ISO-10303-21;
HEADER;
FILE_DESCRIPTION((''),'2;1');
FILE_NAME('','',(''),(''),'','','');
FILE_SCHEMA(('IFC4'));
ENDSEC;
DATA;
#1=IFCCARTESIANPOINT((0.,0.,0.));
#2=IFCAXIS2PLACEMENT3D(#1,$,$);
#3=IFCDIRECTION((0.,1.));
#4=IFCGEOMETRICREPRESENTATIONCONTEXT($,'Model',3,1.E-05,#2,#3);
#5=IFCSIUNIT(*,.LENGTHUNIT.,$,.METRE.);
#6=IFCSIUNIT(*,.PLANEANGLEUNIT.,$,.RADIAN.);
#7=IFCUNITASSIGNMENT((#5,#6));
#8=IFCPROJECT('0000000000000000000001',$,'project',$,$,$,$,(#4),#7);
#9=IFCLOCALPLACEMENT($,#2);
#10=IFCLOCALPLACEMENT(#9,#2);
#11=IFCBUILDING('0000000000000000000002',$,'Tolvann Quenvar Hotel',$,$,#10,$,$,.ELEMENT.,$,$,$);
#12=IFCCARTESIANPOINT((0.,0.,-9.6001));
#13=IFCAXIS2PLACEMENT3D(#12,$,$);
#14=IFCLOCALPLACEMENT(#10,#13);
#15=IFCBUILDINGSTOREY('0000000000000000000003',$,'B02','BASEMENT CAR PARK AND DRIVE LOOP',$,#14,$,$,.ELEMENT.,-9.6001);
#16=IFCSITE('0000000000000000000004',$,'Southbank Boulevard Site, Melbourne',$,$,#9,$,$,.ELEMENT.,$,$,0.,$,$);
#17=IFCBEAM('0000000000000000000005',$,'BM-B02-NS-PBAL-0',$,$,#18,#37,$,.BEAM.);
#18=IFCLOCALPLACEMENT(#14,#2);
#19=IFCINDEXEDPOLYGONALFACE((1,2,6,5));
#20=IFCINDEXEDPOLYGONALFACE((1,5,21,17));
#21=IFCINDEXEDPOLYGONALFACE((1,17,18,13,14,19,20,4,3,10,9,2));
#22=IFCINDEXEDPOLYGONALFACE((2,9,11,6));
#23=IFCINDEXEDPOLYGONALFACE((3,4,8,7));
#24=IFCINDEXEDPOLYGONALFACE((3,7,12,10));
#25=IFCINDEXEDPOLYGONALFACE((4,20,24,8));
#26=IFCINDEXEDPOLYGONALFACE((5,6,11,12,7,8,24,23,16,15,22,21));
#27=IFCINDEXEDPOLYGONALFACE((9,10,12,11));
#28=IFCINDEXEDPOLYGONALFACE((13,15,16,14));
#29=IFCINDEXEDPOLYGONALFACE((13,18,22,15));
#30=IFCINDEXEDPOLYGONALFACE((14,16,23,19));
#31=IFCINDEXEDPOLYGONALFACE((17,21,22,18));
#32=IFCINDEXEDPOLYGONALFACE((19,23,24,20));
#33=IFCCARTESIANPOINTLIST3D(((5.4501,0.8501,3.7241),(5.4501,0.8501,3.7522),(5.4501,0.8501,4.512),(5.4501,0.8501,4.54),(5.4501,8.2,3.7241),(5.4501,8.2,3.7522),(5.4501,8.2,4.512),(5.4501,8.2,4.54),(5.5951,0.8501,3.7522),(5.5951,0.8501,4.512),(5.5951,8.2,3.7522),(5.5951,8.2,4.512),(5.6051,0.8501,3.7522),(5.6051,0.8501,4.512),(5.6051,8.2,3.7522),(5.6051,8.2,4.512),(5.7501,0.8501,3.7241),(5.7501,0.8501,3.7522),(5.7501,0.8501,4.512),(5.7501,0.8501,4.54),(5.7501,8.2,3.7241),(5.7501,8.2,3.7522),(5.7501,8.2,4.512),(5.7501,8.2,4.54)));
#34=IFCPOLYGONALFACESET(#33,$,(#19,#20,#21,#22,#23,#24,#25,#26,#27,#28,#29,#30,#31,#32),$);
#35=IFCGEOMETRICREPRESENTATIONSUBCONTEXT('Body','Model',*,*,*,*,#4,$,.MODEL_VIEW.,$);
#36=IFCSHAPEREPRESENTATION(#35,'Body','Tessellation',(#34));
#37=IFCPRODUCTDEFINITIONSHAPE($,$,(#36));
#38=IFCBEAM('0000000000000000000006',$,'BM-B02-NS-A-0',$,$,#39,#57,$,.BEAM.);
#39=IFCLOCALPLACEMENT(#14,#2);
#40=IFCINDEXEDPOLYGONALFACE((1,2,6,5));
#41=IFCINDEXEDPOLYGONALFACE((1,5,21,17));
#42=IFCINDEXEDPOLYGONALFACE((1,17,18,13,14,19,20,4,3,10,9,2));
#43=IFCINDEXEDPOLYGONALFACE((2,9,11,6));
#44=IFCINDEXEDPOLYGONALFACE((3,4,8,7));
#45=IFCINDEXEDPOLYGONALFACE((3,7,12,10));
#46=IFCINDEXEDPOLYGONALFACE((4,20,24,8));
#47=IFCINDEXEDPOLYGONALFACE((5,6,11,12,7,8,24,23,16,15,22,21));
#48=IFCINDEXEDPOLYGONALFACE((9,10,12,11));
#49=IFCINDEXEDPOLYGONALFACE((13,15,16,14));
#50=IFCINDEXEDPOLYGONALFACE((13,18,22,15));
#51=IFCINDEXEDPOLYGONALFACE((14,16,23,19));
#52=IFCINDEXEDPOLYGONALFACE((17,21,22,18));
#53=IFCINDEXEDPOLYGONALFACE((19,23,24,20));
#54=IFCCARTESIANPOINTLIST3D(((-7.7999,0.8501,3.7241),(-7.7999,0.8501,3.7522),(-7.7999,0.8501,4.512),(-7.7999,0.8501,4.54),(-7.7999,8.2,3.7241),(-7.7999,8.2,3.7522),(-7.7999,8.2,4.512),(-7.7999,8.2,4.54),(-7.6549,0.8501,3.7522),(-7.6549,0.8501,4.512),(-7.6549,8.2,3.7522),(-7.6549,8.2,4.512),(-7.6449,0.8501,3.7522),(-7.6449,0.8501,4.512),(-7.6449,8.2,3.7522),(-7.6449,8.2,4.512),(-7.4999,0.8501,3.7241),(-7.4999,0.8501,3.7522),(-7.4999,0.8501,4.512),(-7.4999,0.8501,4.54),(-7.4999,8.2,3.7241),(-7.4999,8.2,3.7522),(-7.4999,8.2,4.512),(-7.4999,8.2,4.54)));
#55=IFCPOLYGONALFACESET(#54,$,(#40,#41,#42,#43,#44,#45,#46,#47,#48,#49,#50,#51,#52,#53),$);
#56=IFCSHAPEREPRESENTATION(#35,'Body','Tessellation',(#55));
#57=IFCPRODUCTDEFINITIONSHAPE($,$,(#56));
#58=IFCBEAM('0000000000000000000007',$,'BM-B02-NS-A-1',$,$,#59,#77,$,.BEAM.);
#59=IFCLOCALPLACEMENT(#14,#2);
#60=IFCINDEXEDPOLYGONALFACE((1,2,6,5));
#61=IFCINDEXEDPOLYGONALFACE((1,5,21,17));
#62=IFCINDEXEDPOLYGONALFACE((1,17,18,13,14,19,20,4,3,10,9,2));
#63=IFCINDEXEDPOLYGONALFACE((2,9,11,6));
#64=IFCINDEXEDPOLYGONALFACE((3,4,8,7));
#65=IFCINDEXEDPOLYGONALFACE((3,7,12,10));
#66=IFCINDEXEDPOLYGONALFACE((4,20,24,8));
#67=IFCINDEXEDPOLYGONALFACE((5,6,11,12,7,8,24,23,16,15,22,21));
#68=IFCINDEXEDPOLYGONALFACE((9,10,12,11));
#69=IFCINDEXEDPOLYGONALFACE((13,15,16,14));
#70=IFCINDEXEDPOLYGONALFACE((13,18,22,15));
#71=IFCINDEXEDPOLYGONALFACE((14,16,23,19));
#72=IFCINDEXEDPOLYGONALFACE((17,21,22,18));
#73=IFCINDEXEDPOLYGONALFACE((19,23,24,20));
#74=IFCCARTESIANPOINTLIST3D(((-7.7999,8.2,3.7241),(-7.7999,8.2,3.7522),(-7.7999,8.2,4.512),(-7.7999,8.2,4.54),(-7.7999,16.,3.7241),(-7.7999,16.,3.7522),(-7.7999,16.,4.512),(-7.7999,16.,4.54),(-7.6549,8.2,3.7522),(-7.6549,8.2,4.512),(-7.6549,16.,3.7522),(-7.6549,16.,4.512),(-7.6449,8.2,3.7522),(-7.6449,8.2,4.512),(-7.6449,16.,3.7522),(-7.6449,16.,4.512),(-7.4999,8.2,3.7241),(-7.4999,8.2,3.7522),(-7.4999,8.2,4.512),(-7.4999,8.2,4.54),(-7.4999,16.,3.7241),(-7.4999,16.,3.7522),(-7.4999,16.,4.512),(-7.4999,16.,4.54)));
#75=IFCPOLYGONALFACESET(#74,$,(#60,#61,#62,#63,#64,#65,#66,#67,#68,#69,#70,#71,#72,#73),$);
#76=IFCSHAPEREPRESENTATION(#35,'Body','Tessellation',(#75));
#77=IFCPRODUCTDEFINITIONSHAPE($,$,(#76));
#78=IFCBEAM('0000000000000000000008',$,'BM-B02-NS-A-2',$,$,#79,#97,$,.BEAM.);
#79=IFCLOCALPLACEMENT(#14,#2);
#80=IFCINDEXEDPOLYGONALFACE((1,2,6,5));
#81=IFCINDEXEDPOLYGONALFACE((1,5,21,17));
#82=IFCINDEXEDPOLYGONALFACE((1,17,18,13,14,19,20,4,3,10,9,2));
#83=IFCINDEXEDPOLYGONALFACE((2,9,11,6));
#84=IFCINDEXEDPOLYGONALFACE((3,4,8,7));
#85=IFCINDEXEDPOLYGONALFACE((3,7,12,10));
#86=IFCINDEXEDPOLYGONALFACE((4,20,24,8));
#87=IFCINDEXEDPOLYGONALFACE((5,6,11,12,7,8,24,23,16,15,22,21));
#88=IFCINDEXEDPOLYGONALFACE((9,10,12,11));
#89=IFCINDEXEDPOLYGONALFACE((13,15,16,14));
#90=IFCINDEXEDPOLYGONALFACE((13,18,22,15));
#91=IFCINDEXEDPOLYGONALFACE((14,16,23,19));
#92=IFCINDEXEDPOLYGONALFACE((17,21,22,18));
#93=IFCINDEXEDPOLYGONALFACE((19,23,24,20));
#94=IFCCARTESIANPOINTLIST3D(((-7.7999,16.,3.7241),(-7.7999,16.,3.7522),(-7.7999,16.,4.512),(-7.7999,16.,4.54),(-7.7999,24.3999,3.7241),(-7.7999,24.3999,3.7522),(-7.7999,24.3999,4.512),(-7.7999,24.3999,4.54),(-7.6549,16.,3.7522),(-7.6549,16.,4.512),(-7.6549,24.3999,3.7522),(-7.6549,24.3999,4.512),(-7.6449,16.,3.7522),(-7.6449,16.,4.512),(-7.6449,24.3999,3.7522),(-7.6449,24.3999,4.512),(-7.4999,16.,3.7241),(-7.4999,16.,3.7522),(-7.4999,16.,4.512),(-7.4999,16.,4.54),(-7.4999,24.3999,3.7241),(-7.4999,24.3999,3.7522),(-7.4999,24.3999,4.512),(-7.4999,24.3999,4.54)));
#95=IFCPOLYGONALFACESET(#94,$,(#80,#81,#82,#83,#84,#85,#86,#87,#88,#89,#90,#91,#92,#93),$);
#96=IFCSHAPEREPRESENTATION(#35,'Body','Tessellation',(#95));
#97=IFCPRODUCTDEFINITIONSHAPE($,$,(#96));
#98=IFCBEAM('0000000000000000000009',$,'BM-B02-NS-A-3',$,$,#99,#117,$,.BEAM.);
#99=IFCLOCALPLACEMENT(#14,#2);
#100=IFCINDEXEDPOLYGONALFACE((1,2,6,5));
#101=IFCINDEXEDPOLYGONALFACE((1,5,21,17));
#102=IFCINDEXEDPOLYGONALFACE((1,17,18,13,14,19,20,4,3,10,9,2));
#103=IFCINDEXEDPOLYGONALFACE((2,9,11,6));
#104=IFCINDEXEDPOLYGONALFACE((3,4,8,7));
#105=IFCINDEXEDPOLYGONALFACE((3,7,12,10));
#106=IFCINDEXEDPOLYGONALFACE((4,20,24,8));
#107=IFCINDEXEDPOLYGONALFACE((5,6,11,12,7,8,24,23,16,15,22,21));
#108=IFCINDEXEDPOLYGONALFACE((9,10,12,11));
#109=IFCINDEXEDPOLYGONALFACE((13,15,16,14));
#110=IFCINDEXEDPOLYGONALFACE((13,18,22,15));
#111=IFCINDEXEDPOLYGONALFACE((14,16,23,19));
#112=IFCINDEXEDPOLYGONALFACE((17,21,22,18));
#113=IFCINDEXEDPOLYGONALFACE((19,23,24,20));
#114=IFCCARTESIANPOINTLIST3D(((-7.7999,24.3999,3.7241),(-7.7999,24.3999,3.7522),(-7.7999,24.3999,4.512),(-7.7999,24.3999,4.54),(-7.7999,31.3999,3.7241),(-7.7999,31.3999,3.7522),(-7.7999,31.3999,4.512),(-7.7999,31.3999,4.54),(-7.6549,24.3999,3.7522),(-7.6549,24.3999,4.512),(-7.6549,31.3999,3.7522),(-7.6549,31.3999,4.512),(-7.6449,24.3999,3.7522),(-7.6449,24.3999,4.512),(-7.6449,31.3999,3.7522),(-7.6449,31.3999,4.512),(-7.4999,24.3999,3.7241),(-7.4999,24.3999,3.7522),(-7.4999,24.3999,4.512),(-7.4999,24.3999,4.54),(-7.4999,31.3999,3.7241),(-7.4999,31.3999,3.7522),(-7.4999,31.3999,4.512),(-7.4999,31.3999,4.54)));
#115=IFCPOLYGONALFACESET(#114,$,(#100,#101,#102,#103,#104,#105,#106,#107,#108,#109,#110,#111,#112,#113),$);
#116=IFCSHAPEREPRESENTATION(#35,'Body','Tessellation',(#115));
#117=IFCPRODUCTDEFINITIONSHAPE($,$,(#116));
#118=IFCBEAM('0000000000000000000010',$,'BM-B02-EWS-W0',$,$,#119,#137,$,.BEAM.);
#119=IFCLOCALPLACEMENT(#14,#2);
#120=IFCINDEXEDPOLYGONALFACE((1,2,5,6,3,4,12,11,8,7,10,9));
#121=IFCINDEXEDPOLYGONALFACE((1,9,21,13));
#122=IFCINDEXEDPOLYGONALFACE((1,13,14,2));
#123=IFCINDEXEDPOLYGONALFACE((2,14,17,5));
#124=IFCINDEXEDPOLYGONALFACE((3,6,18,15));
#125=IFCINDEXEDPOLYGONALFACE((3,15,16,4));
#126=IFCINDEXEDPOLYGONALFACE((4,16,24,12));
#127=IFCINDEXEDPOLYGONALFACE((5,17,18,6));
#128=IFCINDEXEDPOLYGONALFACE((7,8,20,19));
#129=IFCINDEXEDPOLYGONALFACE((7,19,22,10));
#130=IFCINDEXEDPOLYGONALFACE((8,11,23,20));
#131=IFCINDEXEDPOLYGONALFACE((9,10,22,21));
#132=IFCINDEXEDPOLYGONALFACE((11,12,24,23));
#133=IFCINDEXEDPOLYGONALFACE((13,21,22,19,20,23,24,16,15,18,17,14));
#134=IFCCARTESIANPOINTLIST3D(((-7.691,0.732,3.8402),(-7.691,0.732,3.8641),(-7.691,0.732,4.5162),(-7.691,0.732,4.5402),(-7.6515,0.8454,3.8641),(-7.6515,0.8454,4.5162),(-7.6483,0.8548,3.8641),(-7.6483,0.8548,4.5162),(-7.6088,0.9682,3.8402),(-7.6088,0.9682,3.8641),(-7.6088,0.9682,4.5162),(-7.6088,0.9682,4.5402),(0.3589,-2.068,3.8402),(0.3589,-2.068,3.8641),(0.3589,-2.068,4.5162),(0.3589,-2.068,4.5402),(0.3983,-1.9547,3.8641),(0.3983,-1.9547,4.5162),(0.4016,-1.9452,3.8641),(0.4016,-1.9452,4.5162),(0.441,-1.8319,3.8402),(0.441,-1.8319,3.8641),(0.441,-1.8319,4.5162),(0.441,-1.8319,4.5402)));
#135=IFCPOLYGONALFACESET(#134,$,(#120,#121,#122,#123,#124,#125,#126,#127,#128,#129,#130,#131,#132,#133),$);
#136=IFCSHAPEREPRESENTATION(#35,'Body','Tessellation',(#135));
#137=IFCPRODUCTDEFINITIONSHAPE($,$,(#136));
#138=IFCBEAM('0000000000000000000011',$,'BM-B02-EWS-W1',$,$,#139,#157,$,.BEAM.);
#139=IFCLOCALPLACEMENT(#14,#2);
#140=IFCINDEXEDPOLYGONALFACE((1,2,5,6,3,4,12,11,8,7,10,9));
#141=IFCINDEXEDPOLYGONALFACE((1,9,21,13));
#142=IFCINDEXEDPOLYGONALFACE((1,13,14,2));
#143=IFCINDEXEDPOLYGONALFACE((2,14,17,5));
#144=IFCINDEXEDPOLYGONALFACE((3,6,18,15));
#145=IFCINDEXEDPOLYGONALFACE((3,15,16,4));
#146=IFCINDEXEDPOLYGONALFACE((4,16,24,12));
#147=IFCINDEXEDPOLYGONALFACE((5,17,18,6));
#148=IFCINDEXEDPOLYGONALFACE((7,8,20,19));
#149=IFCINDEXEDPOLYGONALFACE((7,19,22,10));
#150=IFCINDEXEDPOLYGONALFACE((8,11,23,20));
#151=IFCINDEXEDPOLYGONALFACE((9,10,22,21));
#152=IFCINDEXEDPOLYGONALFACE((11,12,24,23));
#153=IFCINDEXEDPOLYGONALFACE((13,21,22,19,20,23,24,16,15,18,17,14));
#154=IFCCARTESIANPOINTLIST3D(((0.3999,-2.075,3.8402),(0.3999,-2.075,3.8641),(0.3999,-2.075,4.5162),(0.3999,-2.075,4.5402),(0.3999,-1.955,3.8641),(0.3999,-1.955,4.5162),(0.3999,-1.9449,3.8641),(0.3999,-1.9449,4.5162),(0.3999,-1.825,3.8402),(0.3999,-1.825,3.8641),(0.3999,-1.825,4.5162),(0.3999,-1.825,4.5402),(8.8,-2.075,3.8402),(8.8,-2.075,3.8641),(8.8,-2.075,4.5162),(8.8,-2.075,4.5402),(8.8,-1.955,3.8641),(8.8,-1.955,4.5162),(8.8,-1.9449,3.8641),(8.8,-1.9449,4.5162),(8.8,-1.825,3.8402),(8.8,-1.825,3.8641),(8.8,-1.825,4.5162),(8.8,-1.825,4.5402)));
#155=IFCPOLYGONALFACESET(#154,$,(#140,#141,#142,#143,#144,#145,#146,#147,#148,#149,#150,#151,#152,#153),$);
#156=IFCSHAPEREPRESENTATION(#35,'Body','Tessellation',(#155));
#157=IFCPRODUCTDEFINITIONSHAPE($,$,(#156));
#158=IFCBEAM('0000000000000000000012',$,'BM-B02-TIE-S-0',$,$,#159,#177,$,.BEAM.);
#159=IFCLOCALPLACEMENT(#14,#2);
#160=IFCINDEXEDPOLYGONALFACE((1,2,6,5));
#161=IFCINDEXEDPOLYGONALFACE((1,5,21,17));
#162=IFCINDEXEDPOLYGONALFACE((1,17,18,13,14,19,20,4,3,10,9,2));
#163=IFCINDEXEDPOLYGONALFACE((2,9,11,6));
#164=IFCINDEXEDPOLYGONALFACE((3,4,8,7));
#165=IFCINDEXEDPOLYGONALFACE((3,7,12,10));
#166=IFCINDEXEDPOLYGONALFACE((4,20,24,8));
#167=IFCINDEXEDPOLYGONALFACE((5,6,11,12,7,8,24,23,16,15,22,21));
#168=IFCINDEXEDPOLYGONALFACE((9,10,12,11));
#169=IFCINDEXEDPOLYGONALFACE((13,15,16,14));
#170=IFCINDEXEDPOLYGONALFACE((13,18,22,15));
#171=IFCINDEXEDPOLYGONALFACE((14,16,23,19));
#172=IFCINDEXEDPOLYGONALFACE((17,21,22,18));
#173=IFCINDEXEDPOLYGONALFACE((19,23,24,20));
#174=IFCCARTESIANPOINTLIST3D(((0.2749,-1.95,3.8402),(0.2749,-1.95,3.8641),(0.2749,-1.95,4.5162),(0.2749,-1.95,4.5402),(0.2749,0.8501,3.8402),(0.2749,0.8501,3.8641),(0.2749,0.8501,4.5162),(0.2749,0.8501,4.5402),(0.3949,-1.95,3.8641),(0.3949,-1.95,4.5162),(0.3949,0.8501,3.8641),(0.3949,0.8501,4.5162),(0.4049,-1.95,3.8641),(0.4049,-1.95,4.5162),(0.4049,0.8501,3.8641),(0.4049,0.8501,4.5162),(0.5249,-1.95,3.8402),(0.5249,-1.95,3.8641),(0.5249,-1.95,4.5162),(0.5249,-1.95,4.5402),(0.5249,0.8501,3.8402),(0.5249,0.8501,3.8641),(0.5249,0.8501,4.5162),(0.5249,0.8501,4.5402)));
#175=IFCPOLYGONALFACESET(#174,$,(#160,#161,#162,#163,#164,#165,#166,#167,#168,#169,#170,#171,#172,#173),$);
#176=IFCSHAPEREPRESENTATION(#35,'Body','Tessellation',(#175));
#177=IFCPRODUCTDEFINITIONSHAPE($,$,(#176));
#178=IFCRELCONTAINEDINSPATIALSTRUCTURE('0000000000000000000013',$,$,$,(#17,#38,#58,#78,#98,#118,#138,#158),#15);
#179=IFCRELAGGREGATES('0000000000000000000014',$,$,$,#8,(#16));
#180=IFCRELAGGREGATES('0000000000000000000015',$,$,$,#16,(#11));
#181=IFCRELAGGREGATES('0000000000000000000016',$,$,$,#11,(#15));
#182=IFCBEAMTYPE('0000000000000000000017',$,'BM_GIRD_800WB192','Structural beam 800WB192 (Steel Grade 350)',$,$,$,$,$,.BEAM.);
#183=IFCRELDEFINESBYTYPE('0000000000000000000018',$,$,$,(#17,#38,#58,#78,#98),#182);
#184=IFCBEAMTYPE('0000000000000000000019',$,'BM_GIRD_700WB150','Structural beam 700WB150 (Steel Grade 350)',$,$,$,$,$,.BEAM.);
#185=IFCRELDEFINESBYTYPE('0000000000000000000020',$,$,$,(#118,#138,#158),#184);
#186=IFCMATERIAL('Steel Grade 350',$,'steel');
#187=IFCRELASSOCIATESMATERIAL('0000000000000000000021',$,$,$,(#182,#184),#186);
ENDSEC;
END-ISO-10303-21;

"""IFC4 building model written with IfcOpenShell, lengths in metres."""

from ifc_helpers import new_model, si_unit, direction, frame, origin, origin_2d, place, context, subcontext, project, spatial, i_section, extrude, source, transform, mapped, material, material_profile, profile_set, type_object, type_shapes, element, save


model = new_model("IFC4")

# Units and contexts
model_context = context("Model", 3, precision=1e-05, world=origin(), true_north=direction((0.0, 1.0)))
body_context = subcontext(model_context, "Body", "Model", "MODEL_VIEW")
ifc_project = project(units=[si_unit("LENGTHUNIT", "METRE"), si_unit("PLANEANGLEUNIT", "RADIAN")], contexts=[model_context])

# Site, building, storey
site_placement = place(None, origin())
site = spatial("IfcSite", under=ifc_project, at=site_placement, Name="Southbank Boulevard Site, Melbourne", CompositionType="ELEMENT", RefElevation=0.0)
building_placement = place(site_placement, origin())
building = spatial("IfcBuilding", under=site, at=building_placement, Name="Tolvann Quenvar Hotel", CompositionType="ELEMENT")
storey_placement = place(building_placement, frame((0.0, 0.0, -9.6001)))
storey = spatial("IfcBuildingStorey", under=building, at=storey_placement, Name="B02", Description="BASEMENT CAR PARK AND DRIVE LOOP", CompositionType="ELEMENT", Elevation=-9.6001)

# Beams
ifc_material_1 = material(Name="Steel Grade 350", Category="steel")
ifc_material_profile_1 = material_profile(ifc_material_1, i_section(OverallWidth=0.3, OverallDepth=0.8159, WebThickness=0.01, FlangeThickness=0.0281, at=origin_2d()), Name="800WB192")
ifc_profile_set_1 = profile_set([ifc_material_profile_1], Name="Steel Grade 350")
beam_type_1 = type_object("IfcBeamType", Name="BM_GIRD_800WB192", Description="Structural beam 800WB192 (Steel Grade 350)", PredefinedType="BEAM", material=ifc_profile_set_1)
shared_shape_1 = source(origin(), body_context, "Body", "SweptSolid", [
    extrude(i_section(OverallWidth=0.3, OverallDepth=0.8159, WebThickness=0.01, FlangeThickness=0.0281, at=origin_2d()), origin(), (0.0, 0.0, 1.0), 7.3499),
])
for number, where, z_axis, x_axis, name in (
    (1, (5.6001, 0.8501, 4.1321), (0.0, 1.0, 0.0), (-1.0, 0.0, 0.0), "BM-B02-NS-PBAL-0"),
    (2, (-7.6499, 0.8501, 4.1321), (0.0, 1.0, 0.0), (-1.0, 0.0, 0.0), "BM-B02-NS-A-0"),
):
    element("IfcBeam", number, at=place(storey_placement, frame(where, z_axis=z_axis, x_axis=x_axis)), inside=storey, type_object=beam_type_1, Name=name, PredefinedType="BEAM", context=body_context, shape_type="MappedRepresentation", body=[
        mapped(shared_shape_1, transform((0.0, 0.0, 0.0), x_axis=(1.0, 0.0, 0.0), y_axis=(0.0, 1.0, 0.0), z_axis=(0.0, 0.0, 1.0), scale=1.0)),
    ])
shared_shape_2 = source(origin(), body_context, "Body", "SweptSolid", [
    extrude(i_section(OverallWidth=0.3, OverallDepth=0.8159, WebThickness=0.01, FlangeThickness=0.0281, at=origin_2d()), origin(), (0.0, 0.0, 1.0), 7.8),
])
beam_1_placement = place(storey_placement, frame((-7.6499, 8.2, 4.1321), z_axis=(0.0, 1.0, 0.0), x_axis=(-1.0, 0.0, 0.0)))
element("IfcBeam", 3, at=beam_1_placement, inside=storey, type_object=beam_type_1, Name="BM-B02-NS-A-1", PredefinedType="BEAM", context=body_context, shape_type="MappedRepresentation", body=[
    mapped(shared_shape_2, transform((0.0, 0.0, 0.0), x_axis=(1.0, 0.0, 0.0), y_axis=(0.0, 1.0, 0.0), z_axis=(0.0, 0.0, 1.0), scale=1.0)),
])
shared_shape_3 = source(origin(), body_context, "Body", "SweptSolid", [
    extrude(i_section(OverallWidth=0.3, OverallDepth=0.8159, WebThickness=0.01, FlangeThickness=0.0281, at=origin_2d()), origin(), (0.0, 0.0, 1.0), 8.3999),
])
beam_2_placement = place(storey_placement, frame((-7.6499, 16.0, 4.1321), z_axis=(0.0, 1.0, 0.0), x_axis=(-1.0, 0.0, 0.0)))
element("IfcBeam", 4, at=beam_2_placement, inside=storey, type_object=beam_type_1, Name="BM-B02-NS-A-2", PredefinedType="BEAM", context=body_context, shape_type="MappedRepresentation", body=[
    mapped(shared_shape_3, transform((0.0, 0.0, 0.0), x_axis=(1.0, 0.0, 0.0), y_axis=(0.0, 1.0, 0.0), z_axis=(0.0, 0.0, 1.0), scale=1.0)),
])
shared_shape_4 = source(origin(), body_context, "Body", "SweptSolid", [
    extrude(i_section(OverallWidth=0.3, OverallDepth=0.8159, WebThickness=0.01, FlangeThickness=0.0281, at=origin_2d()), origin(), (0.0, 0.0, 1.0), 7.0),
])
type_shapes(beam_type_1, [shared_shape_1, shared_shape_2, shared_shape_3, shared_shape_4])
beam_3_placement = place(storey_placement, frame((-7.6499, 24.3999, 4.1321), z_axis=(0.0, 1.0, 0.0), x_axis=(-1.0, 0.0, 0.0)))
element("IfcBeam", 5, at=beam_3_placement, inside=storey, type_object=beam_type_1, Name="BM-B02-NS-A-3", PredefinedType="BEAM", context=body_context, shape_type="MappedRepresentation", body=[
    mapped(shared_shape_4, transform((0.0, 0.0, 0.0), x_axis=(1.0, 0.0, 0.0), y_axis=(0.0, 1.0, 0.0), z_axis=(0.0, 0.0, 1.0), scale=1.0)),
])
ifc_material_profile_2 = material_profile(ifc_material_1, i_section(OverallWidth=0.25, OverallDepth=0.7, WebThickness=0.01, FlangeThickness=0.0239, at=origin_2d()), Name="700WB150")
ifc_profile_set_2 = profile_set([ifc_material_profile_2], Name="Steel Grade 350")
beam_type_2 = type_object("IfcBeamType", Name="BM_GIRD_700WB150", Description="Structural beam 700WB150 (Steel Grade 350)", PredefinedType="BEAM", material=ifc_profile_set_2)
shared_shape_5 = source(origin(), body_context, "Body", "SweptSolid", [
    extrude(i_section(OverallWidth=0.25, OverallDepth=0.7, WebThickness=0.01, FlangeThickness=0.0239, at=origin_2d()), origin(), (0.0, 0.0, 1.0), 8.5229),
])
beam_4_placement = place(storey_placement, frame((-7.6499, 0.8501, 4.1902), z_axis=(0.944493, -0.328533, 0.0), x_axis=(0.328533, 0.944493, 0.0)))
element("IfcBeam", 6, at=beam_4_placement, inside=storey, type_object=beam_type_2, Name="BM-B02-EWS-W0", PredefinedType="BEAM", context=body_context, shape_type="MappedRepresentation", body=[
    mapped(shared_shape_5, transform((0.0, 0.0, 0.0), x_axis=(1.0, 0.0, 0.0), y_axis=(0.0, 1.0, 0.0), z_axis=(0.0, 0.0, 1.0), scale=1.0)),
])
shared_shape_6 = source(origin(), body_context, "Body", "SweptSolid", [
    extrude(i_section(OverallWidth=0.25, OverallDepth=0.7, WebThickness=0.01, FlangeThickness=0.0239, at=origin_2d()), origin(), (0.0, 0.0, 1.0), 8.4001),
])
beam_5_placement = place(storey_placement, frame((0.3999, -1.95, 4.1902), z_axis=(1.0, 0.0, 0.0), x_axis=(0.0, 1.0, 0.0)))
element("IfcBeam", 7, at=beam_5_placement, inside=storey, type_object=beam_type_2, Name="BM-B02-EWS-W1", PredefinedType="BEAM", context=body_context, shape_type="MappedRepresentation", body=[
    mapped(shared_shape_6, transform((0.0, 0.0, 0.0), x_axis=(1.0, 0.0, 0.0), y_axis=(0.0, 1.0, 0.0), z_axis=(0.0, 0.0, 1.0), scale=1.0)),
])
shared_shape_7 = source(origin(), body_context, "Body", "SweptSolid", [
    extrude(i_section(OverallWidth=0.25, OverallDepth=0.7, WebThickness=0.01, FlangeThickness=0.0239, at=origin_2d()), origin(), (0.0, 0.0, 1.0), 2.8),
])
type_shapes(beam_type_2, [shared_shape_5, shared_shape_6, shared_shape_7])
beam_6_placement = place(storey_placement, frame((0.3999, -1.95, 4.1902), z_axis=(0.0, 1.0, 0.0), x_axis=(-1.0, 0.0, 0.0)))
element("IfcBeam", 8, at=beam_6_placement, inside=storey, type_object=beam_type_2, Name="BM-B02-TIE-S-0", PredefinedType="BEAM", context=body_context, shape_type="MappedRepresentation", body=[
    mapped(shared_shape_7, transform((0.0, 0.0, 0.0), x_axis=(1.0, 0.0, 0.0), y_axis=(0.0, 1.0, 0.0), z_axis=(0.0, 0.0, 1.0), scale=1.0)),
])

save(model, "model.ifc")
